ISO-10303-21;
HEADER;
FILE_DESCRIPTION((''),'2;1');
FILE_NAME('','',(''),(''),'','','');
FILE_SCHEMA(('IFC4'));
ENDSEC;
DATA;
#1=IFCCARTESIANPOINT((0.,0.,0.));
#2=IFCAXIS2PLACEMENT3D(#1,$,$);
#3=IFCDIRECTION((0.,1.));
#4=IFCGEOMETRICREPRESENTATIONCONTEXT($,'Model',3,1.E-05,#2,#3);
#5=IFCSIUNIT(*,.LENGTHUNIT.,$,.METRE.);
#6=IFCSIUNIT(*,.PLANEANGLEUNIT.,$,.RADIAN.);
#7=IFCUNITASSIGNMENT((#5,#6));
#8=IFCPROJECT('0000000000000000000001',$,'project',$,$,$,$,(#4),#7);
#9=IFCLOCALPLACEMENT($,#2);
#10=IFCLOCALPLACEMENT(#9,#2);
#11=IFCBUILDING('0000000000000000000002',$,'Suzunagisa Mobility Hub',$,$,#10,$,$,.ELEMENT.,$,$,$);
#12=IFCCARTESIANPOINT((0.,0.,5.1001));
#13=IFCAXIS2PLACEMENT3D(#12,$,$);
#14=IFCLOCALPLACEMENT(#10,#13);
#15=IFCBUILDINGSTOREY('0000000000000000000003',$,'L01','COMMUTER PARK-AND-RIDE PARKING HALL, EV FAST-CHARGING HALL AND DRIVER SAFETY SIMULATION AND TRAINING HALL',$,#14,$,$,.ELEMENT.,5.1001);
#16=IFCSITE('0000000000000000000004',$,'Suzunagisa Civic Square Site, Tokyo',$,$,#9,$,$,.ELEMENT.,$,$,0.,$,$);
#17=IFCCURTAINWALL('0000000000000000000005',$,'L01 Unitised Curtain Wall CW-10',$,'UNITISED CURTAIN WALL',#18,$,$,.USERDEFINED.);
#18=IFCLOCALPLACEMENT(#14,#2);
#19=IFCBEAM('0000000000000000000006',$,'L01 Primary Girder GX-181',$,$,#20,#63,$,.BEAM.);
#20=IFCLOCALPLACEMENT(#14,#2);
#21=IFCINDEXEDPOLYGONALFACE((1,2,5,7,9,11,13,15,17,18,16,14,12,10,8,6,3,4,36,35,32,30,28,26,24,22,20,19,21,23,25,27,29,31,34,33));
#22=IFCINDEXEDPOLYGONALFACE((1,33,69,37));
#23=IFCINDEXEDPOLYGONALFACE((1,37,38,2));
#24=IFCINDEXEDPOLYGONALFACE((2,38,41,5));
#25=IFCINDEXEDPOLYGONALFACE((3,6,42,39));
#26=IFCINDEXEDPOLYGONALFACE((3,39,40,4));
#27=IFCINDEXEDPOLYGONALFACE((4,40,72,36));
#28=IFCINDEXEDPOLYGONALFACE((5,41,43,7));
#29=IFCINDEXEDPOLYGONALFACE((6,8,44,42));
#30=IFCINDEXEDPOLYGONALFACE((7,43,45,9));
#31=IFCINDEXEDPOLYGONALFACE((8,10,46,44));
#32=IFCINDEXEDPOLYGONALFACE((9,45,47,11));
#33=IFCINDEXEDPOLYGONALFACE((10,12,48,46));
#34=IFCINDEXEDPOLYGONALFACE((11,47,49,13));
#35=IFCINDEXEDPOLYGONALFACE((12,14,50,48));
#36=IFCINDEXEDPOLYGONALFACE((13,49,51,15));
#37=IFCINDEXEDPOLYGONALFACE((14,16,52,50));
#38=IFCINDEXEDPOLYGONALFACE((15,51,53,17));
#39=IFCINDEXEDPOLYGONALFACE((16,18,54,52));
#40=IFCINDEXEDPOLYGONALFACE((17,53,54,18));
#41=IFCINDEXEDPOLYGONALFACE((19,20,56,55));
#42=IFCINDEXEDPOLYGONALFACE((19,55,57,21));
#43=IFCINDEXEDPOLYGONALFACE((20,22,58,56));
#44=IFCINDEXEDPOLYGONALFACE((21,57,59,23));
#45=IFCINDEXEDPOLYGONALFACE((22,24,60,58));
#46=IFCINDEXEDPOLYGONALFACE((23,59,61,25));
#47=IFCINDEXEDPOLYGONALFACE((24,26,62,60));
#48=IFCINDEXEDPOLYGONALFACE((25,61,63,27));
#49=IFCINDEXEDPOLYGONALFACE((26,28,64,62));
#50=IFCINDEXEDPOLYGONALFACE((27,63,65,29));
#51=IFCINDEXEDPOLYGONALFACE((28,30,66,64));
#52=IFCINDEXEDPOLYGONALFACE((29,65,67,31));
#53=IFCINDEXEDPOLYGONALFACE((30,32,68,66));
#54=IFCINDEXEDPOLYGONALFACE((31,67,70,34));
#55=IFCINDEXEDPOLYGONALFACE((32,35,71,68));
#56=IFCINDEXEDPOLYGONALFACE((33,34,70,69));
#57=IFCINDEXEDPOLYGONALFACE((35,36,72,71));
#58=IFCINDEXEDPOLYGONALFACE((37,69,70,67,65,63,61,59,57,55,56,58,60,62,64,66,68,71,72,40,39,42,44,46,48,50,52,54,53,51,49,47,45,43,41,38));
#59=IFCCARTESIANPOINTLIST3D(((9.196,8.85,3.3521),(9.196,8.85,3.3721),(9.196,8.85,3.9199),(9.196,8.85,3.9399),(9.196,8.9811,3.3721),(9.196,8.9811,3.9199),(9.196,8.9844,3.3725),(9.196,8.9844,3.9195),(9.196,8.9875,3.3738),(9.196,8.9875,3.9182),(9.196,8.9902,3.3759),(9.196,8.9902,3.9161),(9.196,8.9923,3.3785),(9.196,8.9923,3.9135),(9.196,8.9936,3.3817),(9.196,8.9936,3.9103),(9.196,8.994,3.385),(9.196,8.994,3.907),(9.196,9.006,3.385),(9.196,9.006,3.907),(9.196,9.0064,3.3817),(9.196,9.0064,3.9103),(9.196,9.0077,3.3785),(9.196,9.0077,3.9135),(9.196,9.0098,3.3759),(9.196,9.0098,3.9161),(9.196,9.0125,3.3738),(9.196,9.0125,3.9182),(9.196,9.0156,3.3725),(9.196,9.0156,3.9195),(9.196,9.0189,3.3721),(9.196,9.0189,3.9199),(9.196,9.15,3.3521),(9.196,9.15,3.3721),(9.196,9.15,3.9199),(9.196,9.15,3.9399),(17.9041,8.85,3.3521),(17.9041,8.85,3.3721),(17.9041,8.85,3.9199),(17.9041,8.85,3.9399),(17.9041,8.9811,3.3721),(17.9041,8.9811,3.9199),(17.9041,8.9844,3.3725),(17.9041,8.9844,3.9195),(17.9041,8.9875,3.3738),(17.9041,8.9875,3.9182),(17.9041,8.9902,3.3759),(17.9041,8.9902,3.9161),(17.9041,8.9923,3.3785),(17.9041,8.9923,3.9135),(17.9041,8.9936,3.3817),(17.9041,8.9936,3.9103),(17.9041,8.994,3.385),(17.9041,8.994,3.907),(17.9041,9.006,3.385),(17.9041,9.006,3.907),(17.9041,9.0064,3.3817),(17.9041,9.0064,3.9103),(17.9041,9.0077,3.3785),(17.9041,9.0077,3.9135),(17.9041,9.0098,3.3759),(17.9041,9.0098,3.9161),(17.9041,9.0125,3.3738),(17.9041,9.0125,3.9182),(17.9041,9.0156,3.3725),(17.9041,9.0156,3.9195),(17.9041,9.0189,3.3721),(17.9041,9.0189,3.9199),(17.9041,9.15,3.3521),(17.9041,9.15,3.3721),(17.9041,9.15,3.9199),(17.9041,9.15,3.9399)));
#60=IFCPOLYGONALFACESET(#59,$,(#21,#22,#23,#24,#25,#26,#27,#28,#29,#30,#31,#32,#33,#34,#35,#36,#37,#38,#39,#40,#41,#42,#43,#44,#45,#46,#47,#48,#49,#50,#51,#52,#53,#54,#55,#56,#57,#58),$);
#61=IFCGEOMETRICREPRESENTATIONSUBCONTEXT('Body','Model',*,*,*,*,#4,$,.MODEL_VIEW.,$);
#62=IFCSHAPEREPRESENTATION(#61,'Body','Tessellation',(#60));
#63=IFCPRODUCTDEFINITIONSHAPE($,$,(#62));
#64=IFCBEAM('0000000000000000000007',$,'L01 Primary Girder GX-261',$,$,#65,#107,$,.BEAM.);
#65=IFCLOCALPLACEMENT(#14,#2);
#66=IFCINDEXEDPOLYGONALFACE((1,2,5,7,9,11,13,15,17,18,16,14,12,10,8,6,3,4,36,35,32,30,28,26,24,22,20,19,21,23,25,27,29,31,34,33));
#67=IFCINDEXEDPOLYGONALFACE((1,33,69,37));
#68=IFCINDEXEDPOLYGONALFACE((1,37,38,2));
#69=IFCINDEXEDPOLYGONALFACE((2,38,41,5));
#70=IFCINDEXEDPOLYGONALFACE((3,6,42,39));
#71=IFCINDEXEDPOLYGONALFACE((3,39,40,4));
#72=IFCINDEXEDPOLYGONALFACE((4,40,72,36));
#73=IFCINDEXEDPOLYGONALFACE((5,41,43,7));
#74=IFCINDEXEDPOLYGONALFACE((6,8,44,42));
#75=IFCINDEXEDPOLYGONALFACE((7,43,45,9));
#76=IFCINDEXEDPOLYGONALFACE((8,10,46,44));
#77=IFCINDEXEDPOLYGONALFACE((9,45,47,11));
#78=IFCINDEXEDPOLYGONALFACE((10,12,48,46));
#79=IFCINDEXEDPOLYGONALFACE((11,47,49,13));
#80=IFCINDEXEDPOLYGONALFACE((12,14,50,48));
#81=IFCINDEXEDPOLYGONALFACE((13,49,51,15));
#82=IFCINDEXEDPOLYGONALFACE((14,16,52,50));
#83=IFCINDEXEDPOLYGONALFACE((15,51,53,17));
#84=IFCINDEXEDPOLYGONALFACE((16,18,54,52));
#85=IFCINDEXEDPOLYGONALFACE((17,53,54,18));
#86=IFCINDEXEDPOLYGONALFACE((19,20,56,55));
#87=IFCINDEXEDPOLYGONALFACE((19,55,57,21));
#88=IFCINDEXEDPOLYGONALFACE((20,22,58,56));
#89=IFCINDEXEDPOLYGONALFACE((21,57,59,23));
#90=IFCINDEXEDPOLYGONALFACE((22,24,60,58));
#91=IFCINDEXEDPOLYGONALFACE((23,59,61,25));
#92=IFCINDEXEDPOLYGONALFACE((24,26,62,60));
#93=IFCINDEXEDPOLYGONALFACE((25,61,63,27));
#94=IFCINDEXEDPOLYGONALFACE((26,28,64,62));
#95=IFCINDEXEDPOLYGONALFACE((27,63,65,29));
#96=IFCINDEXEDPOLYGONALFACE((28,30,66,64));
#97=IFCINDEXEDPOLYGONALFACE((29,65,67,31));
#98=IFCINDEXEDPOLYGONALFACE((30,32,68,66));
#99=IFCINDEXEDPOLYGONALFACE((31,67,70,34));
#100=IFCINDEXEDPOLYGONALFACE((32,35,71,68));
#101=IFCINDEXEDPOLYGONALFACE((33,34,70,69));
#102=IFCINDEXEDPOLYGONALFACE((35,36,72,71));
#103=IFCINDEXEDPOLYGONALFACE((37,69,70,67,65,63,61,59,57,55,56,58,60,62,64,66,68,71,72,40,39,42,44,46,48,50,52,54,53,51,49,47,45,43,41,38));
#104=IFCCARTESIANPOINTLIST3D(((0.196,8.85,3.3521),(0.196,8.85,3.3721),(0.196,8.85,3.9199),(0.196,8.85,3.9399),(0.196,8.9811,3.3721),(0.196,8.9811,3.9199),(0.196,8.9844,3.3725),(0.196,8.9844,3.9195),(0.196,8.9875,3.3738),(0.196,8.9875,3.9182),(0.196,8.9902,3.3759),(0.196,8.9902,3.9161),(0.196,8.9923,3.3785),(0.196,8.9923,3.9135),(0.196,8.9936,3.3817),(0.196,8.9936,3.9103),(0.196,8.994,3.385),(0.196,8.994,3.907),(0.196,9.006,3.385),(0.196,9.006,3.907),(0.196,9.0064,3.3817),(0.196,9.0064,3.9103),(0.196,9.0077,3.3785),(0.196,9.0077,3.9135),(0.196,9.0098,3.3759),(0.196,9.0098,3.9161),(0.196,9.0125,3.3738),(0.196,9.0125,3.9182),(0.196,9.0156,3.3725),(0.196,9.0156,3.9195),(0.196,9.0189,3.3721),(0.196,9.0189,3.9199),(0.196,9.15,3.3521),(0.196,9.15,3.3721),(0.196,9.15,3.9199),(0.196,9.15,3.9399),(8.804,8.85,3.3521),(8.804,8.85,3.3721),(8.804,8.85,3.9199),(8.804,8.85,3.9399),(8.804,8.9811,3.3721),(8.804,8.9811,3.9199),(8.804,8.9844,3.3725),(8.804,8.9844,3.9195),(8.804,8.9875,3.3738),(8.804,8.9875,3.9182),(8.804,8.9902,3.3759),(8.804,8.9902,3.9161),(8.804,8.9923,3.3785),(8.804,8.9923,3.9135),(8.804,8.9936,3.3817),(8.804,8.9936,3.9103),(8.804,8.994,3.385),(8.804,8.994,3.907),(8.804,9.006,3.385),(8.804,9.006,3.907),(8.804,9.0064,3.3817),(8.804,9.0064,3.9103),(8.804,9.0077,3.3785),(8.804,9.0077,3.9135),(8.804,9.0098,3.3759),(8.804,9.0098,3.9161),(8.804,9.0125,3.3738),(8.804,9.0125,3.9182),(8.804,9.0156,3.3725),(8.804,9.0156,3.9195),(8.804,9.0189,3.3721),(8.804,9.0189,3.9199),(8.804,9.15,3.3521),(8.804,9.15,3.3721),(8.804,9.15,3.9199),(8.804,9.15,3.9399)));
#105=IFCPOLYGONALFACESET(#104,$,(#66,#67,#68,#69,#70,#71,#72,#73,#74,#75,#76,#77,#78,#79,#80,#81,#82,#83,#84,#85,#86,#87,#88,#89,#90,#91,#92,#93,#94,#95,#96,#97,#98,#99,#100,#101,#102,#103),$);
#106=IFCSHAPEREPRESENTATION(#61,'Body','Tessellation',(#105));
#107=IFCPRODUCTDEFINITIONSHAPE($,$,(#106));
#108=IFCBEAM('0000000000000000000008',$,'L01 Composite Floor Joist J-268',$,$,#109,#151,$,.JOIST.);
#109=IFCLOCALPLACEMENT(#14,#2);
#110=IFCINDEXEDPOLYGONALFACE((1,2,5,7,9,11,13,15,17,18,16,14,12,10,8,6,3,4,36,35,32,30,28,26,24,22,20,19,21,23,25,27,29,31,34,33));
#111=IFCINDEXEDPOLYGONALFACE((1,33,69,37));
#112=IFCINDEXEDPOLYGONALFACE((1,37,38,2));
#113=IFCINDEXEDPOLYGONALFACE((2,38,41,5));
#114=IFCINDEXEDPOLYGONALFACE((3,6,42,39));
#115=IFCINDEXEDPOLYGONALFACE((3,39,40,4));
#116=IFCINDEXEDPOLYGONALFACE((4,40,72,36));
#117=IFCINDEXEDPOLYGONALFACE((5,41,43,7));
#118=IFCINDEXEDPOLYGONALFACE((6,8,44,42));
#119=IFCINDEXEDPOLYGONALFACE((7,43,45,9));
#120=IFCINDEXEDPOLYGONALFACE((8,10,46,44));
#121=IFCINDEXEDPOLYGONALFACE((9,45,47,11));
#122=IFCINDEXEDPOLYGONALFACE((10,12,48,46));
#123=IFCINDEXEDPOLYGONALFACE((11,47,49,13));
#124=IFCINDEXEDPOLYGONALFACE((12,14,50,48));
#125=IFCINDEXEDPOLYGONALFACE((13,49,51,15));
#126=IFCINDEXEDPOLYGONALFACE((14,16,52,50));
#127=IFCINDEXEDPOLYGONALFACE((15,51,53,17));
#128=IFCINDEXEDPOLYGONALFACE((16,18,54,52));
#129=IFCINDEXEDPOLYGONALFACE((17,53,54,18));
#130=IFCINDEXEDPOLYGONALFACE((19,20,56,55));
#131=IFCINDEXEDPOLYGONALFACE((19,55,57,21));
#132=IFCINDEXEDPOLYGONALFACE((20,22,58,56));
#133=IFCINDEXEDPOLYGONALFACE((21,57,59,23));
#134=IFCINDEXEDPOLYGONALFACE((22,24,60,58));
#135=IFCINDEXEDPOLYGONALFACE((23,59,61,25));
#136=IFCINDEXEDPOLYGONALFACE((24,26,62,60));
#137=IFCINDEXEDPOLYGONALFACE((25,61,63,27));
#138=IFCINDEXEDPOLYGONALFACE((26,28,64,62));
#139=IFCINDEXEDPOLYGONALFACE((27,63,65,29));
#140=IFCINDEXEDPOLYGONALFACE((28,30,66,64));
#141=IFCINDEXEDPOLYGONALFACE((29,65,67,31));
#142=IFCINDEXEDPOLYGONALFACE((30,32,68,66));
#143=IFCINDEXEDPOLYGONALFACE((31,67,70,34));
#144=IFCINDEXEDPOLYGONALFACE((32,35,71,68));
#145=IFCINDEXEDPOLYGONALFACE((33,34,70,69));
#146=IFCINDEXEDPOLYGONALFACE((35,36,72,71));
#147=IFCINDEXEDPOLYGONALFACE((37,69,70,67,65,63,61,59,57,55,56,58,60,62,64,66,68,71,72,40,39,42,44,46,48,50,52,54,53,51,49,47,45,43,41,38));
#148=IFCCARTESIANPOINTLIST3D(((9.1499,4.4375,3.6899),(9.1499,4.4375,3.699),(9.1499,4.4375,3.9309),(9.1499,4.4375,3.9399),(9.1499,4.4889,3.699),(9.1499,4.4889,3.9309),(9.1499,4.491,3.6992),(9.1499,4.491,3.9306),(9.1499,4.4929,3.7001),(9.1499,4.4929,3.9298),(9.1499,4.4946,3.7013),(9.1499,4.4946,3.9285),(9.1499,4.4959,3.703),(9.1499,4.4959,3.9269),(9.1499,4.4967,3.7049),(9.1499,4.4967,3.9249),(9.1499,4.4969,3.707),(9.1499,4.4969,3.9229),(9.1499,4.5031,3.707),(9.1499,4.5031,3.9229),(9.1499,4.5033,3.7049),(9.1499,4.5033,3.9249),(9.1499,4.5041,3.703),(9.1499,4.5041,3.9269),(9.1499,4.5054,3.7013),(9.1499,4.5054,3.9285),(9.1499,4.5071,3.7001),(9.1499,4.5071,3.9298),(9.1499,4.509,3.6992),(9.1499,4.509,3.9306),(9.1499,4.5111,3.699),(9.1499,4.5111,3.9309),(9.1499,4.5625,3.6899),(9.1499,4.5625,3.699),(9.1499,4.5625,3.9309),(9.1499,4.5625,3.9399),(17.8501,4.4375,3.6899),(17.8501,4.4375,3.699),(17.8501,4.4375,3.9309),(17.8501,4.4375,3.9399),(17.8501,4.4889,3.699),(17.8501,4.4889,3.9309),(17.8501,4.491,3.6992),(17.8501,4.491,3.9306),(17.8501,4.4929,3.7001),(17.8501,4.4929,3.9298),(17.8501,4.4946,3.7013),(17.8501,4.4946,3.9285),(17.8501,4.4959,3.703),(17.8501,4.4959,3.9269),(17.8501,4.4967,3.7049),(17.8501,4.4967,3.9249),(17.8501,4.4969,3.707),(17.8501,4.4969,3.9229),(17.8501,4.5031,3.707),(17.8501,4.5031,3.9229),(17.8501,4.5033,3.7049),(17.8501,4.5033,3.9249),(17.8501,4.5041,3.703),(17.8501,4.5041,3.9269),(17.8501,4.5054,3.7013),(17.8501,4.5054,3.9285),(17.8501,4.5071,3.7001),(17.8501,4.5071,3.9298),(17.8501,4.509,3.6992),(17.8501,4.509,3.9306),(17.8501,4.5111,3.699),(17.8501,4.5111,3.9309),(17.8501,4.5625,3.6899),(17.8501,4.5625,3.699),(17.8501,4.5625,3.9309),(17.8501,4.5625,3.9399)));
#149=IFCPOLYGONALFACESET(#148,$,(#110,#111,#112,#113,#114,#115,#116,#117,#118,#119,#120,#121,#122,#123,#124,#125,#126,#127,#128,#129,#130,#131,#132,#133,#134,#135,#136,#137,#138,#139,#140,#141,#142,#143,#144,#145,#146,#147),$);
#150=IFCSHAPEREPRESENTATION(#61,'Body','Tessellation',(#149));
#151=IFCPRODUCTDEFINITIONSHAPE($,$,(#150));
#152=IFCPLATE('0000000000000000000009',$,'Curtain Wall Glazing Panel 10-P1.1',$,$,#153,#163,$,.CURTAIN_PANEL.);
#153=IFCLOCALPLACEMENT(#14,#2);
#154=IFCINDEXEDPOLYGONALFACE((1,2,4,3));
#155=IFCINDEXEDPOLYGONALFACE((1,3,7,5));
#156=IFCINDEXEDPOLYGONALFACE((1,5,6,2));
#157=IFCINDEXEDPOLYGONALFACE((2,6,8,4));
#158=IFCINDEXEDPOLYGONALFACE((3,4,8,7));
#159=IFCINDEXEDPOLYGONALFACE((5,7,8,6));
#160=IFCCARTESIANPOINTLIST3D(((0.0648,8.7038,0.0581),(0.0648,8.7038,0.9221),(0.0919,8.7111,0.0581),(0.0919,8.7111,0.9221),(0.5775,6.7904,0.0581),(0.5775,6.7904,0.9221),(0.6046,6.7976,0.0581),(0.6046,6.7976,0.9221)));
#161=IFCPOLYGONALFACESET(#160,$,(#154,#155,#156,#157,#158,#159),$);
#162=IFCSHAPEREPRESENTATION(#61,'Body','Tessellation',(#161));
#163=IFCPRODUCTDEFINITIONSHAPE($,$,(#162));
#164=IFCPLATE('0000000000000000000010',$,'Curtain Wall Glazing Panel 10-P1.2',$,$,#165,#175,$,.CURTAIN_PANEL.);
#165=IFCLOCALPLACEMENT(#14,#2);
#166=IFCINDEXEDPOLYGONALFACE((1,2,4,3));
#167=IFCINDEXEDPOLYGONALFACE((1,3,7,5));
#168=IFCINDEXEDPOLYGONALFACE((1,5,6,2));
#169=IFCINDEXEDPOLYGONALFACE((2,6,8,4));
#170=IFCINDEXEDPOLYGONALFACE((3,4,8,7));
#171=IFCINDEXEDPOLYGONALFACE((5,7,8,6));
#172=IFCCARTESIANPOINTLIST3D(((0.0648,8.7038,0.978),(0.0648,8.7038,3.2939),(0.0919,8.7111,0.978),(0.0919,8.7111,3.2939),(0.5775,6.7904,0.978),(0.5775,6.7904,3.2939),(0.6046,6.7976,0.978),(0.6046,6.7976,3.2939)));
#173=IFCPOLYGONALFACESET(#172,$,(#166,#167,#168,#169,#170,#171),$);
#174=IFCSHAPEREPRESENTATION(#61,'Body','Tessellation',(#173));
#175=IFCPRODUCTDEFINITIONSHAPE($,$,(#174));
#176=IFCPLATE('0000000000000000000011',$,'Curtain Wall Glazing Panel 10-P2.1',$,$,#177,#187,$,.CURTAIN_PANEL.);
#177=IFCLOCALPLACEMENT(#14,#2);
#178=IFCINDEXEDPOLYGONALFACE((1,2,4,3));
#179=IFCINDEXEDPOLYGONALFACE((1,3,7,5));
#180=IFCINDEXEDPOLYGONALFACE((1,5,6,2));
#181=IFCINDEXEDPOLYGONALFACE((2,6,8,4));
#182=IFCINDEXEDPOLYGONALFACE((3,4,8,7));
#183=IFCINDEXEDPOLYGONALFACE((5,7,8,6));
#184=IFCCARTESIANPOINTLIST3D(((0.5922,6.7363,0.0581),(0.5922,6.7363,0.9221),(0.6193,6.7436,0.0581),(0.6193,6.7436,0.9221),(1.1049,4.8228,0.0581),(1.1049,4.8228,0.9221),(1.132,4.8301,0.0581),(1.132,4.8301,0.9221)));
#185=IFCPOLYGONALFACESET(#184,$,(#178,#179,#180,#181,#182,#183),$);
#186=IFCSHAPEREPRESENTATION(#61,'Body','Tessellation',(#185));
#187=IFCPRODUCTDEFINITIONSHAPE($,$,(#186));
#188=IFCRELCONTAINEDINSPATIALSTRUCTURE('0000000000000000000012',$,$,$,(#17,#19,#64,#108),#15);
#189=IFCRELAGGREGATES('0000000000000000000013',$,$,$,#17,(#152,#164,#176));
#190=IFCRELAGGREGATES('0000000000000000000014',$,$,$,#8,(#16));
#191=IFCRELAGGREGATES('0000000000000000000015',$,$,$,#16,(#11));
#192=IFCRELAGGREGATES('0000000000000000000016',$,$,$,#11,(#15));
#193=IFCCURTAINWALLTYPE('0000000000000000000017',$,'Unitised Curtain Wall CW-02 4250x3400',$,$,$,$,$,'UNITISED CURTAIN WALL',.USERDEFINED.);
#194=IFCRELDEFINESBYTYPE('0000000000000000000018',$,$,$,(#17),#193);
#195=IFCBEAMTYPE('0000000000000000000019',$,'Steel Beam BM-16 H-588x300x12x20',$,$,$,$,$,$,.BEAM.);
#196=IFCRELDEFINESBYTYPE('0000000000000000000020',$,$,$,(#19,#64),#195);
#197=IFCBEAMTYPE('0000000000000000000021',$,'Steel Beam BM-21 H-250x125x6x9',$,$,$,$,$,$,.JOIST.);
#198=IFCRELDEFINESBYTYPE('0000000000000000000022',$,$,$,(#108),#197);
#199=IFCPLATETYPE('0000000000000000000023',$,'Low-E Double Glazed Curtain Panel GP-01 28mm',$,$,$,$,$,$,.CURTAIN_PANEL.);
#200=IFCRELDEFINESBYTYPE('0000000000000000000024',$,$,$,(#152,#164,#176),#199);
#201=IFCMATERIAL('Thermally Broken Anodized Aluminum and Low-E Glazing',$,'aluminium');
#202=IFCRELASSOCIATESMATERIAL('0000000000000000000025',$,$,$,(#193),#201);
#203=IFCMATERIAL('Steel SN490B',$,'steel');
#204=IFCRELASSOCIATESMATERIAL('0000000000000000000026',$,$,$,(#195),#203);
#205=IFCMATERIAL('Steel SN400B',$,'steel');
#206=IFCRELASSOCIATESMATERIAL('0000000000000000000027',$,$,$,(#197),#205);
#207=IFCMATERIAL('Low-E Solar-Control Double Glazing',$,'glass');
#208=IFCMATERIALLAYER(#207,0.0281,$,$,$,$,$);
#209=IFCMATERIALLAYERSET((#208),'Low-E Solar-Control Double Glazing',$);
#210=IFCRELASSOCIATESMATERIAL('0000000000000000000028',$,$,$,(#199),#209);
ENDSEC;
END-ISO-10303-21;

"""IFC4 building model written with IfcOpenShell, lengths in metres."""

from ifc_helpers import new_model, si_unit, direction, frame, origin, origin_2d, place, context, subcontext, project, spatial, rectangle, i_section, extrude, material, layer, layer_set, material_profile, profile_set, type_object, element, aggregate, save


model = new_model("IFC4")

# Units and contexts
model_context = context("Model", 3, precision=1e-05, world=origin(), true_north=direction((0.0, 1.0)))
body_context = subcontext(model_context, "Body", "Model", "MODEL_VIEW")
ifc_project = project(units=[si_unit("LENGTHUNIT", "METRE"), si_unit("PLANEANGLEUNIT", "RADIAN")], contexts=[model_context])

# Site, building, storey
site_placement = place(None, origin())
site = spatial("IfcSite", under=ifc_project, at=site_placement, Name="Suzunagisa Civic Square Site, Tokyo", CompositionType="ELEMENT", RefElevation=0.0)
building_placement = place(site_placement, origin())
building = spatial("IfcBuilding", under=site, at=building_placement, Name="Suzunagisa Mobility Hub", CompositionType="ELEMENT")
storey_placement = place(building_placement, frame((0.0, 0.0, 5.1001)))
storey = spatial("IfcBuildingStorey", under=building, at=storey_placement, Name="L01", Description="COMMUTER PARK-AND-RIDE PARKING HALL, EV FAST-CHARGING HALL AND DRIVER SAFETY SIMULATION AND TRAINING HALL", CompositionType="ELEMENT", Elevation=5.1001)

# Shared definitions
ifc_material_1 = material(Name="Steel SN490B", Category="steel")

# Curtain wall
ifc_material_2 = material(Name="Thermally Broken Anodized Aluminum and Low-E Glazing", Category="aluminium")
curtain_wall_type_1 = type_object("IfcCurtainWallType", Name="Unitised Curtain Wall CW-02 4250x3400", ElementType="UNITISED CURTAIN WALL", PredefinedType="USERDEFINED", material=ifc_material_2)
curtain_wall_1_placement = place(storey_placement, origin())
curtain_wall_1 = element("IfcCurtainWall", 1, at=curtain_wall_1_placement, inside=storey, type_object=curtain_wall_type_1, Name="L01 Unitised Curtain Wall CW-10", ObjectType="UNITISED CURTAIN WALL", PredefinedType="USERDEFINED")

# Beams
ifc_material_profile_1 = material_profile(ifc_material_1, i_section(OverallWidth=0.3, OverallDepth=0.5879, WebThickness=0.012, FlangeThickness=0.02, FilletRadius=0.0129, at=origin_2d()), Name="H-588x300x12x20")
ifc_profile_set_1 = profile_set([ifc_material_profile_1], Name="Steel SN490B")
beam_type_1 = type_object("IfcBeamType", Name="Steel Beam BM-16 H-588x300x12x20", PredefinedType="BEAM", material=ifc_profile_set_1)
beam_1_placement = place(storey_placement, frame((9.196, 9.0, 3.646), z_axis=(1.0, 0.0, 0.0), x_axis=(0.0, 1.0, 0.0)))
element("IfcBeam", 2, at=beam_1_placement, inside=storey, type_object=beam_type_1, Name="L01 Primary Girder GX-181", PredefinedType="BEAM", context=body_context, shape_type="SweptSolid", body=[
    extrude(i_section(OverallWidth=0.3, OverallDepth=0.5879, WebThickness=0.012, FlangeThickness=0.02, FilletRadius=0.0129, at=origin_2d()), origin(), (0.0, 0.0, 1.0), 8.708),
])
beam_2_placement = place(storey_placement, frame((0.196, 9.0, 3.646), z_axis=(1.0, 0.0, 0.0), x_axis=(0.0, 1.0, 0.0)))
element("IfcBeam", 3, at=beam_2_placement, inside=storey, type_object=beam_type_1, Name="L01 Primary Girder GX-261", PredefinedType="BEAM", context=body_context, shape_type="SweptSolid", body=[
    extrude(i_section(OverallWidth=0.3, OverallDepth=0.5879, WebThickness=0.012, FlangeThickness=0.02, FilletRadius=0.0129, at=origin_2d()), origin(), (0.0, 0.0, 1.0), 8.6079),
])
ifc_material_3 = material(Name="Steel SN400B", Category="steel")
ifc_material_profile_2 = material_profile(ifc_material_3, i_section(OverallWidth=0.125, OverallDepth=0.25, WebThickness=0.0061, FlangeThickness=0.009, FilletRadius=0.0081, at=origin_2d()), Name="H-250x125x6x9")
ifc_profile_set_2 = profile_set([ifc_material_profile_2], Name="Steel SN400B")
beam_type_2 = type_object("IfcBeamType", Name="Steel Beam BM-21 H-250x125x6x9", PredefinedType="JOIST", material=ifc_profile_set_2)
beam_3_placement = place(storey_placement, frame((9.1499, 4.5, 3.8149), z_axis=(1.0, 0.0, 0.0), x_axis=(0.0, 1.0, 0.0)))
element("IfcBeam", 4, at=beam_3_placement, inside=storey, type_object=beam_type_2, Name="L01 Composite Floor Joist J-268", PredefinedType="JOIST", context=body_context, shape_type="SweptSolid", body=[
    extrude(i_section(OverallWidth=0.125, OverallDepth=0.25, WebThickness=0.0061, FlangeThickness=0.009, FilletRadius=0.0081, at=origin_2d()), origin(), (0.0, 0.0, 1.0), 8.7002),
])

# Plates
ifc_material_4 = material(Name="Low-E Solar-Control Double Glazing", Category="glass")
ifc_layer_1 = layer(ifc_material_4, 0.0281)
ifc_layer_set_1 = layer_set([ifc_layer_1], Name="Low-E Solar-Control Double Glazing")
plate_type_1 = type_object("IfcPlateType", Name="Low-E Double Glazed Curtain Panel GP-01 28mm", PredefinedType="CURTAIN_PANEL", material=ifc_layer_set_1)
plate_1_placement = place(storey_placement, frame((0.3347, 7.7507, 0.0581), z_axis=(0.0, 0.0, 1.0), x_axis=(0.258814, -0.965927, 0.0)))
plate_1 = element("IfcPlate", 5, at=plate_1_placement, type_object=plate_type_1, Name="Curtain Wall Glazing Panel 10-P1.1", PredefinedType="CURTAIN_PANEL", context=body_context, shape_type="SweptSolid", body=[
    extrude(rectangle(XDim=1.981, YDim=0.0281, at=origin_2d()), origin(), (0.0, 0.0, 1.0), 0.864),
])
plate_2_placement = place(storey_placement, frame((0.3347, 7.7507, 0.978), z_axis=(0.0, 0.0, 1.0), x_axis=(0.258814, -0.965927, 0.0)))
plate_2 = element("IfcPlate", 6, at=plate_2_placement, type_object=plate_type_1, Name="Curtain Wall Glazing Panel 10-P1.2", PredefinedType="CURTAIN_PANEL", context=body_context, shape_type="SweptSolid", body=[
    extrude(rectangle(XDim=1.981, YDim=0.0281, at=origin_2d()), origin(), (0.0, 0.0, 1.0), 2.3159),
])
plate_3_placement = place(storey_placement, frame((0.8621, 5.7832, 0.0581), z_axis=(0.0, 0.0, 1.0), x_axis=(0.258814, -0.965927, 0.0)))
plate_3 = element("IfcPlate", 7, at=plate_3_placement, type_object=plate_type_1, Name="Curtain Wall Glazing Panel 10-P2.1", PredefinedType="CURTAIN_PANEL", context=body_context, shape_type="SweptSolid", body=[
    extrude(rectangle(XDim=1.981, YDim=0.0281, at=origin_2d()), origin(), (0.0, 0.0, 1.0), 0.864),
])
aggregate(curtain_wall_1, [plate_1, plate_2, plate_3])

save(model, "model.ifc")
